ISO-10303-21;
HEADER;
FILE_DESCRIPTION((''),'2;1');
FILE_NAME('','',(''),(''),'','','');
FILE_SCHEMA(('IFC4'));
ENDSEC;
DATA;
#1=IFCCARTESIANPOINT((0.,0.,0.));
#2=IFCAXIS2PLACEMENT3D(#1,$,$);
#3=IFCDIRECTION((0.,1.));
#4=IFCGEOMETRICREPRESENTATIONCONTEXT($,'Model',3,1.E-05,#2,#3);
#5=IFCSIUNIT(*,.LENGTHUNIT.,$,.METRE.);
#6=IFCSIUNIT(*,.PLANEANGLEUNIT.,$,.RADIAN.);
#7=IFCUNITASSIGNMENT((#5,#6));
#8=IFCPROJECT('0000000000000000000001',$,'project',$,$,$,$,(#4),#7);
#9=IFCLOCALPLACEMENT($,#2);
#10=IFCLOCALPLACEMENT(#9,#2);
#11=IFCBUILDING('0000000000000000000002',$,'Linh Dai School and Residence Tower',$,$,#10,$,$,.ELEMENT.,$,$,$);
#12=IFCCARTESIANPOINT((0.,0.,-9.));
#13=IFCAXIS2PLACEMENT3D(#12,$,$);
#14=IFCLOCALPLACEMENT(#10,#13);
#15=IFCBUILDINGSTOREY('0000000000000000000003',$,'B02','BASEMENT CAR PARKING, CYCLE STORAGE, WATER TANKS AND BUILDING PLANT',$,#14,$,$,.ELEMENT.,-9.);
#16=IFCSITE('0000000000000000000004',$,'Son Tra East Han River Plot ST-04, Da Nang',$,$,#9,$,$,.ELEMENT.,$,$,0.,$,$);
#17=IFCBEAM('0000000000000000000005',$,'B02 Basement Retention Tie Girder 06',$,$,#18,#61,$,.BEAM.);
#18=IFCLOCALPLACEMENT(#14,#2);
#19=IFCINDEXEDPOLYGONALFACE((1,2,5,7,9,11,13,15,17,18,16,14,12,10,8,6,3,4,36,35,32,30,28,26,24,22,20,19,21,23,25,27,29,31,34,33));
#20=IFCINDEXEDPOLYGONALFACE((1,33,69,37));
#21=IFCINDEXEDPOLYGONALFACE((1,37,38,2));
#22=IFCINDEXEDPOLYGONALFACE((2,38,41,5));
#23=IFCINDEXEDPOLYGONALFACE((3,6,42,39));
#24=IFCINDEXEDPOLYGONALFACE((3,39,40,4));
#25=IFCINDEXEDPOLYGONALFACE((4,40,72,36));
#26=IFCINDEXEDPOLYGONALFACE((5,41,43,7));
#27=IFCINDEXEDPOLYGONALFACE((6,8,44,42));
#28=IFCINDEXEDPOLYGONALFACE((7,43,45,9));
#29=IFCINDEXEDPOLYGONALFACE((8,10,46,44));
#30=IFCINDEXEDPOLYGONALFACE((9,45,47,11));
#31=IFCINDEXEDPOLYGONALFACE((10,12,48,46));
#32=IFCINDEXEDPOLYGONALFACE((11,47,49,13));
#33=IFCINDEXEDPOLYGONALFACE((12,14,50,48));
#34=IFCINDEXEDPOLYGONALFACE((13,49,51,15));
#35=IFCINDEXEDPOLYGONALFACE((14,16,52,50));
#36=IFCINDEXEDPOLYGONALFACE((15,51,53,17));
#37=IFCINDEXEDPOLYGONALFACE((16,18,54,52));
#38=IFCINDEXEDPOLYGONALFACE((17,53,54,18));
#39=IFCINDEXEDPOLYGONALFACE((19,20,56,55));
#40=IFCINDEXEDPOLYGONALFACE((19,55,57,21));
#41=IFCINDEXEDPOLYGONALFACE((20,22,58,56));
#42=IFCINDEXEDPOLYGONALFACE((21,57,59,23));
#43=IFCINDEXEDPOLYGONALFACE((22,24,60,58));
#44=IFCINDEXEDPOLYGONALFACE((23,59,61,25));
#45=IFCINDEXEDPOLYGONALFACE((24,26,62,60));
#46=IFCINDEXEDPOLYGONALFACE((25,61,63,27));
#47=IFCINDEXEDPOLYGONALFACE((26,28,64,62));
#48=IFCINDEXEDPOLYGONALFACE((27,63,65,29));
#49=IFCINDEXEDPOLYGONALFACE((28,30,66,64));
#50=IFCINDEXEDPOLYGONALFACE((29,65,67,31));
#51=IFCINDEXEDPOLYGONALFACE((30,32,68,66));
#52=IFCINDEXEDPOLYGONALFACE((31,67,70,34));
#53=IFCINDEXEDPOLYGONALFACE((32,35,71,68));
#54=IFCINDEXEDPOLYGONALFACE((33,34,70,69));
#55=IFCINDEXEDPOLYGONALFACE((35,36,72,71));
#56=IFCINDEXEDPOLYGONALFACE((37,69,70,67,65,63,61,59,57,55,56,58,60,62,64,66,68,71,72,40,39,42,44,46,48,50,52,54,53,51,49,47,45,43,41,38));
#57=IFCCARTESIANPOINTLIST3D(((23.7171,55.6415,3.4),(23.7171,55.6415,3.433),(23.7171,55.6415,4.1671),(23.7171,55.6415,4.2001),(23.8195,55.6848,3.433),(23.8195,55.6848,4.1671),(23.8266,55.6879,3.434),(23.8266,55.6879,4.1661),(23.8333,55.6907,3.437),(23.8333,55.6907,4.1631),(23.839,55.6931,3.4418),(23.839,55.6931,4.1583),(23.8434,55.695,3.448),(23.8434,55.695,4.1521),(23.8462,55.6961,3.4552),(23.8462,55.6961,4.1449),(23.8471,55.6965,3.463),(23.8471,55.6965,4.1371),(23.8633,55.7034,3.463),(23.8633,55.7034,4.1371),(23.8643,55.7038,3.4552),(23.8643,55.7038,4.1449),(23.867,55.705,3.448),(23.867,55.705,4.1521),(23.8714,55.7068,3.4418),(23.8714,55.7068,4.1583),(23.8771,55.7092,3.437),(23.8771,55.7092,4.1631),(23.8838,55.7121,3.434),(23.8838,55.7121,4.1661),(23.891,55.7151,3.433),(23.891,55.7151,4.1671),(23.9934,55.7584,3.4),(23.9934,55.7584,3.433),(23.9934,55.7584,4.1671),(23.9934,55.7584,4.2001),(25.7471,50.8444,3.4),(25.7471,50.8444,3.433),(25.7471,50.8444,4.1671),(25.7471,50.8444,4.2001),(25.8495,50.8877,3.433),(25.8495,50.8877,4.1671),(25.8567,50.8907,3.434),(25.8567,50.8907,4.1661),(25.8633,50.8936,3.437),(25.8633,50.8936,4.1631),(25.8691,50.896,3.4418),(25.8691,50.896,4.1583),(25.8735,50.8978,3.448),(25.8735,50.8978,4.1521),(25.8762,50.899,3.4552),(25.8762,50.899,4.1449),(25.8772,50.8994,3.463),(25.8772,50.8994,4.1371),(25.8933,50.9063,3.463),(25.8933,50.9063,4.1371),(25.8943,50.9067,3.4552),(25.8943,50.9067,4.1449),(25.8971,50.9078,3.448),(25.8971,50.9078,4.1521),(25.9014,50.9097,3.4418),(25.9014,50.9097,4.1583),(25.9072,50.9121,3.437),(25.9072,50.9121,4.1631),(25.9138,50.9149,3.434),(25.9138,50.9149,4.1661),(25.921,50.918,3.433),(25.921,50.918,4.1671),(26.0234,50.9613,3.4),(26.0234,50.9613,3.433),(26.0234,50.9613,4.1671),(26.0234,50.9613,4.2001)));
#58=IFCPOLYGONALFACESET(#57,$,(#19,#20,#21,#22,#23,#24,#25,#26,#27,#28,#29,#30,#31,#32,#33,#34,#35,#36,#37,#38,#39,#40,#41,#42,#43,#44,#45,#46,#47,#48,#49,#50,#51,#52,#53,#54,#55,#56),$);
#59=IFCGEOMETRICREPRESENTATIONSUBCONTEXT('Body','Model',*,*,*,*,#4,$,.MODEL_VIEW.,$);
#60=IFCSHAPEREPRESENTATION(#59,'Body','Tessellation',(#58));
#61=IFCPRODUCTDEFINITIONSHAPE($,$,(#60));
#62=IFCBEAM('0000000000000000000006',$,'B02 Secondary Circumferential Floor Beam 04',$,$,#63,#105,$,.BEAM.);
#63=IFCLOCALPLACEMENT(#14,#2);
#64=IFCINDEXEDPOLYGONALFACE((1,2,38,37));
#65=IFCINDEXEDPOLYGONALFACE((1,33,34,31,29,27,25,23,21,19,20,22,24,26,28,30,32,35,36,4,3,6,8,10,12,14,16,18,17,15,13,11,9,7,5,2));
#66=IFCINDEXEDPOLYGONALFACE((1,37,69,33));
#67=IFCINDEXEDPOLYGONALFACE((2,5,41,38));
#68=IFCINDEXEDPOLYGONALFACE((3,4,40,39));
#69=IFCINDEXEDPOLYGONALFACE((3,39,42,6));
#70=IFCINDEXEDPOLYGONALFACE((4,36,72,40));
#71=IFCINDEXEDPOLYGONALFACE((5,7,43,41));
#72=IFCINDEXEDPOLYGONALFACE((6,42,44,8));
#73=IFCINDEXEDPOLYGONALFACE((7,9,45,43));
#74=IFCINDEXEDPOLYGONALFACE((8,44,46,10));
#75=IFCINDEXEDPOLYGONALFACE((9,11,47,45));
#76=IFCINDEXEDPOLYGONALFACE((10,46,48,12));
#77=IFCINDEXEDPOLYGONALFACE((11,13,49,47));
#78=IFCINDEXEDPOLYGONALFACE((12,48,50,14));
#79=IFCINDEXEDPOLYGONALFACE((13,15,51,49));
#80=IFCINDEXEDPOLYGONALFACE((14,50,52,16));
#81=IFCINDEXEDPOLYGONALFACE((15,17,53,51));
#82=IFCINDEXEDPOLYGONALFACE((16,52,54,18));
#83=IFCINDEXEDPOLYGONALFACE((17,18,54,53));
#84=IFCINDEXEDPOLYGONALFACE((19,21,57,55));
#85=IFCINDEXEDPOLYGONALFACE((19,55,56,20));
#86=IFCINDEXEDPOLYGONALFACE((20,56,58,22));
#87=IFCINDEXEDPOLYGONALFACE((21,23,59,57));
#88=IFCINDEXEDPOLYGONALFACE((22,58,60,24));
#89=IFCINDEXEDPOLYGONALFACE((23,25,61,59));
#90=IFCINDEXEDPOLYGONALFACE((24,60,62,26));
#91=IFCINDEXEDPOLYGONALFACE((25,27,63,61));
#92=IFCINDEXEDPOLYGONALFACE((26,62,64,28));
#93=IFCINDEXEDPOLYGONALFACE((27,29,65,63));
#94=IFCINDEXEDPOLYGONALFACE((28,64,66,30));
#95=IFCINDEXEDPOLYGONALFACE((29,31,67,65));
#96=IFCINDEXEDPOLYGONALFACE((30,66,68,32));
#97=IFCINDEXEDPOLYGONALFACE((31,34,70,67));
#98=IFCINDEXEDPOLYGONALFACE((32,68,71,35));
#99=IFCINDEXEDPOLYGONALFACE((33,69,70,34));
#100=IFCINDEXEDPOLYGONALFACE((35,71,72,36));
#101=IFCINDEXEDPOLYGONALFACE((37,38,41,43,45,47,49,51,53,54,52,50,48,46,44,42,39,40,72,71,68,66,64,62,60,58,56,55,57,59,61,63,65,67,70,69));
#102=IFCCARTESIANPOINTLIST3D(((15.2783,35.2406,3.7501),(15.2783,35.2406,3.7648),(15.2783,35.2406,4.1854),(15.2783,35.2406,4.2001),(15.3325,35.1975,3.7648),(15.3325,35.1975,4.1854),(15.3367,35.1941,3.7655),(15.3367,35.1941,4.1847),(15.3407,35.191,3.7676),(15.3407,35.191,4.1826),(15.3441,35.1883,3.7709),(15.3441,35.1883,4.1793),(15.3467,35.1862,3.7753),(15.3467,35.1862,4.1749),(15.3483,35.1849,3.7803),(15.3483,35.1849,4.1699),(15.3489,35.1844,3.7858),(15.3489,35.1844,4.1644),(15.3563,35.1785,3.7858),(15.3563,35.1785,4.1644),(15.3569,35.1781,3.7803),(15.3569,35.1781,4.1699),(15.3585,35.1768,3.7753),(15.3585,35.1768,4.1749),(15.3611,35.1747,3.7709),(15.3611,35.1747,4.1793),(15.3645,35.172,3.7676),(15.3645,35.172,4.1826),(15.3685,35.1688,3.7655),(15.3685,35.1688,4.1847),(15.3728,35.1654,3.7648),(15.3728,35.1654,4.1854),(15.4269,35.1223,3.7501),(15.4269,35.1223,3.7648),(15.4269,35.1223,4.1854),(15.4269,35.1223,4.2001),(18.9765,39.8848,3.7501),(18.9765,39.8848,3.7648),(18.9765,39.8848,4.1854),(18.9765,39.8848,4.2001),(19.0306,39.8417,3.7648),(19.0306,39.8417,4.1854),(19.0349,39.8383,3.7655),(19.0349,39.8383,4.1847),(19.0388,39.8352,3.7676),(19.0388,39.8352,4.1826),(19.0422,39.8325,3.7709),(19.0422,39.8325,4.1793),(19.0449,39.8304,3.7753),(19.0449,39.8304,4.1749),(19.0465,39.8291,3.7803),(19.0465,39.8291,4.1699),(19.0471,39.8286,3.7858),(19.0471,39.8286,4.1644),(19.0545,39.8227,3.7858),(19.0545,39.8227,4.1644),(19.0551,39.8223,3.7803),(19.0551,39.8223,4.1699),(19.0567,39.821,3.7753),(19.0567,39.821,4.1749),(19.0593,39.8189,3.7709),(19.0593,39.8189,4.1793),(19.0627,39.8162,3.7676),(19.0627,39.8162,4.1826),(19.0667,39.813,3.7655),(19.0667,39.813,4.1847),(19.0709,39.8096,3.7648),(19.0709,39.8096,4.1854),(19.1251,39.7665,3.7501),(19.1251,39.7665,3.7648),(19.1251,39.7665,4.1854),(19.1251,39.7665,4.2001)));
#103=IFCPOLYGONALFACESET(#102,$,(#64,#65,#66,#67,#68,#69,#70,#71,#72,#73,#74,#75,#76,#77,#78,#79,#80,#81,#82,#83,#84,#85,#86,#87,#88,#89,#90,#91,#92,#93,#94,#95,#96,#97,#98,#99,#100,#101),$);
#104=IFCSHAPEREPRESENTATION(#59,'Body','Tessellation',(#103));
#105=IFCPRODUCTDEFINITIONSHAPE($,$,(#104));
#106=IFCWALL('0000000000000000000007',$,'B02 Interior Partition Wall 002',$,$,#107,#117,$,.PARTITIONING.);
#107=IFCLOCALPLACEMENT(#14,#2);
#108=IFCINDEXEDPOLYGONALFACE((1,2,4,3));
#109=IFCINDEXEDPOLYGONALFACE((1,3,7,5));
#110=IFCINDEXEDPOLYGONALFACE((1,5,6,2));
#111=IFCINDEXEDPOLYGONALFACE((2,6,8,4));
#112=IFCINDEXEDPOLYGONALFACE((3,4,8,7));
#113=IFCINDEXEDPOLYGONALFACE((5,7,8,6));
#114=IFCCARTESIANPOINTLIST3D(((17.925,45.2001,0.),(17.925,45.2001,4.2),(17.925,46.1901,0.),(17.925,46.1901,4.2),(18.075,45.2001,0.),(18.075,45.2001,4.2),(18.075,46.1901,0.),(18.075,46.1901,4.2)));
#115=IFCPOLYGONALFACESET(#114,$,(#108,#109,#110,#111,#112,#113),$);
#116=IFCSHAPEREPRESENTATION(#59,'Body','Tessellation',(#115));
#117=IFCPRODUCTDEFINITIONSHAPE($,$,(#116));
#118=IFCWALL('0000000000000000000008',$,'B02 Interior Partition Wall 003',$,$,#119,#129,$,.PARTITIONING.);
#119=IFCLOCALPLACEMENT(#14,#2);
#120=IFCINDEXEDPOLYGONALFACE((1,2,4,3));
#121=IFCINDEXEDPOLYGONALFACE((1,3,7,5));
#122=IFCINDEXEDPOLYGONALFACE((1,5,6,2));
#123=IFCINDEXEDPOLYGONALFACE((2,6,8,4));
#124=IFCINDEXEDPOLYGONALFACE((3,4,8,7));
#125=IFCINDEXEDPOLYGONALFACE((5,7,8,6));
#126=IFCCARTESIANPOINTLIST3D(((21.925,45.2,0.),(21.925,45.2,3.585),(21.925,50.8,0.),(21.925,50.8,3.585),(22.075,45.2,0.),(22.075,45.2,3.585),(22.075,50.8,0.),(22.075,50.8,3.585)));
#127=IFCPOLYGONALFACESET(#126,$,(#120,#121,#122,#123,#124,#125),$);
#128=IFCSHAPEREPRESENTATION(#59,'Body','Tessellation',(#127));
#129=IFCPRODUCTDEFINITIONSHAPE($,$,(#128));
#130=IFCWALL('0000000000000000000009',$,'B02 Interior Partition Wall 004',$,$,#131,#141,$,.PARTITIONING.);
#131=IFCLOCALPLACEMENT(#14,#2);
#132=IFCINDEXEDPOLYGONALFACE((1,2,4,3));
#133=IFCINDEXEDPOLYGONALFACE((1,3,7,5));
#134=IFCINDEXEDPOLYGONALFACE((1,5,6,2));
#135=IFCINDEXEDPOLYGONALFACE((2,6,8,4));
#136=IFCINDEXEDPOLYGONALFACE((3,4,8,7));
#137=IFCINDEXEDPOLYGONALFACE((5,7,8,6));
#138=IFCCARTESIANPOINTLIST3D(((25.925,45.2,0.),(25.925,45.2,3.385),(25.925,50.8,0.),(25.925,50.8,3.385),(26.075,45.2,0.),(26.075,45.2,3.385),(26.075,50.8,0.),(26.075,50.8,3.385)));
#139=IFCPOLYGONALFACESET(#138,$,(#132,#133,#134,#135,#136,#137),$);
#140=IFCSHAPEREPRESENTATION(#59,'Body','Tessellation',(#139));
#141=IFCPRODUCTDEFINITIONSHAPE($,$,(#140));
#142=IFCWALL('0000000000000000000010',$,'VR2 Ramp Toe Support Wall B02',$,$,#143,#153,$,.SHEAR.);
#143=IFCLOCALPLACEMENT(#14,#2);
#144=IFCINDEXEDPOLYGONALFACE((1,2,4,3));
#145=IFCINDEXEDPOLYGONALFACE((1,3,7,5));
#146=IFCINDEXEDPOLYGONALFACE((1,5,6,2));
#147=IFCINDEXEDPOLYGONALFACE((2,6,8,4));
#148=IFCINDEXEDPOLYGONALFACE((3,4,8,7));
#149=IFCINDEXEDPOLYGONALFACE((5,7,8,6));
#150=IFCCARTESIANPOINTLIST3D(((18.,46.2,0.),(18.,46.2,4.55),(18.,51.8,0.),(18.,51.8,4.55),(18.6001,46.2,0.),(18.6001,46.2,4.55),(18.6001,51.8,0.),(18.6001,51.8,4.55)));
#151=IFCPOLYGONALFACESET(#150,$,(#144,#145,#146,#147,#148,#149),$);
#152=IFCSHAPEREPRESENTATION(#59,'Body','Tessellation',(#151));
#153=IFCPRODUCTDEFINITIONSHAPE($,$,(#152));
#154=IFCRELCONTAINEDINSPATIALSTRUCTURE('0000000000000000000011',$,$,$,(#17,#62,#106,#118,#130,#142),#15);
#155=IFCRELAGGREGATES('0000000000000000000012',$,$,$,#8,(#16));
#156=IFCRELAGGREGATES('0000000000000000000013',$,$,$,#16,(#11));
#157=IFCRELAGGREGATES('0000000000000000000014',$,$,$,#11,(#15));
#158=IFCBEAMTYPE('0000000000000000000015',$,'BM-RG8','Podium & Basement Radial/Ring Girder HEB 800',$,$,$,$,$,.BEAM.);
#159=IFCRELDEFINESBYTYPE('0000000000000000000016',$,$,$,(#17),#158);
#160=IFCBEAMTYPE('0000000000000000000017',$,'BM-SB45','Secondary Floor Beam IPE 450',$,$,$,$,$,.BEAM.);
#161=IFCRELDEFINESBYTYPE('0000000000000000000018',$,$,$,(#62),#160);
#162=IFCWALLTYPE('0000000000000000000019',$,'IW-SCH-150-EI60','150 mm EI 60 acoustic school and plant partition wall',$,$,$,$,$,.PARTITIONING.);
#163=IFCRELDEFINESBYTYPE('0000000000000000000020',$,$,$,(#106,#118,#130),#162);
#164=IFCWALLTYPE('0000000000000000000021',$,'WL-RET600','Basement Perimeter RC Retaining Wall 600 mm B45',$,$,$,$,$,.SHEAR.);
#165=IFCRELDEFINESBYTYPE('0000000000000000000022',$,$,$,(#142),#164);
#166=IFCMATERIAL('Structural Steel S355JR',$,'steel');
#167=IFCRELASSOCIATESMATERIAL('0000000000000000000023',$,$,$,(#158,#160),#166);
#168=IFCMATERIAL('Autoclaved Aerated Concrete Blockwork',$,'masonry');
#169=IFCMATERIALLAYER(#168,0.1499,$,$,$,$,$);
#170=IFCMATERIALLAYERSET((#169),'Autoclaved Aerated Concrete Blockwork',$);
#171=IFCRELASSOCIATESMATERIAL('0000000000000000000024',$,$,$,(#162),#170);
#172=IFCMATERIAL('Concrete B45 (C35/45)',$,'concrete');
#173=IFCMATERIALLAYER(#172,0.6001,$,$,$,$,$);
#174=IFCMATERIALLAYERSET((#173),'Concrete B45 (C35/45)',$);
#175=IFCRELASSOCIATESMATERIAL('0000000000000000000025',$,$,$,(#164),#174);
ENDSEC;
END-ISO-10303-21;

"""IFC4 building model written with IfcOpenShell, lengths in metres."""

from ifc_helpers import new_model, si_unit, direction, frame, frame_2d, origin, origin_2d, place, context, subcontext, project, spatial, rectangle, i_section, extrude, material, layer, layer_set, material_profile, profile_set, type_object, element, save


model = new_model("IFC4")

# Units and contexts
model_context = context("Model", 3, precision=1e-05, world=origin(), true_north=direction((0.0, 1.0)))
body_context = subcontext(model_context, "Body", "Model", "MODEL_VIEW")
ifc_project = project(units=[si_unit("LENGTHUNIT", "METRE"), si_unit("PLANEANGLEUNIT", "RADIAN")], contexts=[model_context])

# Site, building, storey
site_placement = place(None, origin())
site = spatial("IfcSite", under=ifc_project, at=site_placement, Name="Son Tra East Han River Plot ST-04, Da Nang", CompositionType="ELEMENT", RefElevation=0.0)
building_placement = place(site_placement, origin())
building = spatial("IfcBuilding", under=site, at=building_placement, Name="Linh Dai School and Residence Tower", CompositionType="ELEMENT")
storey_placement = place(building_placement, frame((0.0, 0.0, -9.0)))
storey = spatial("IfcBuildingStorey", under=building, at=storey_placement, Name="B02", Description="BASEMENT CAR PARKING, CYCLE STORAGE, WATER TANKS AND BUILDING PLANT", CompositionType="ELEMENT", Elevation=-9.0)

# Shared definitions
ifc_material_1 = material(Name="Concrete B45 (C35/45)", Category="concrete")

# Shared definitions
ifc_material_2 = material(Name="Structural Steel S355JR", Category="steel")

# Beams
ifc_material_profile_1 = material_profile(ifc_material_2, i_section(OverallWidth=0.3, OverallDepth=0.8, WebThickness=0.0176, FlangeThickness=0.033, FilletRadius=0.03, at=origin_2d()), Name="HEB 800")
ifc_profile_set_1 = profile_set([ifc_material_profile_1], Name="Structural Steel S355JR")
beam_type_1 = type_object("IfcBeamType", Name="BM-RG8", Description="Podium & Basement Radial/Ring Girder HEB 800", PredefinedType="BEAM", material=ifc_profile_set_1)
beam_1_placement = place(storey_placement, frame((25.8853, 50.9028, 3.8), z_axis=(-0.389718, 0.920934, 0.0), x_axis=(-0.920934, -0.389718, 0.0)))
element("IfcBeam", 1, at=beam_1_placement, inside=storey, type_object=beam_type_1, Name="B02 Basement Retention Tie Girder 06", PredefinedType="BEAM", context=body_context, shape_type="SweptSolid", body=[
    extrude(i_section(OverallWidth=0.3, OverallDepth=0.8, WebThickness=0.0176, FlangeThickness=0.033, FilletRadius=0.03, at=origin_2d()), origin(), (0.0, 0.0, 1.0), 5.209),
])
ifc_material_profile_2 = material_profile(ifc_material_2, i_section(OverallWidth=0.1899, OverallDepth=0.45, WebThickness=0.0095, FlangeThickness=0.0146, FilletRadius=0.021, at=origin_2d()), Name="IPE 450")
ifc_profile_set_2 = profile_set([ifc_material_profile_2], Name="Structural Steel S355JR")
beam_type_2 = type_object("IfcBeamType", Name="BM-SB45", Description="Secondary Floor Beam IPE 450", PredefinedType="BEAM", material=ifc_profile_set_2)
beam_2_placement = place(storey_placement, frame((19.0508, 39.8257, 3.9751), z_axis=(-0.622928, -0.782279, 0.0), x_axis=(0.782279, -0.622928, 0.0)))
element("IfcBeam", 2, at=beam_2_placement, inside=storey, type_object=beam_type_2, Name="B02 Secondary Circumferential Floor Beam 04", PredefinedType="BEAM", context=body_context, shape_type="SweptSolid", body=[
    extrude(i_section(OverallWidth=0.1899, OverallDepth=0.45, WebThickness=0.0095, FlangeThickness=0.0146, FilletRadius=0.021, at=origin_2d()), origin(), (0.0, 0.0, 1.0), 5.9368),
])

# Walls
ifc_material_3 = material(Name="Autoclaved Aerated Concrete Blockwork", Category="masonry")
ifc_layer_1 = layer(ifc_material_3, 0.1499)
ifc_layer_set_1 = layer_set([ifc_layer_1], Name="Autoclaved Aerated Concrete Blockwork")
wall_type_1 = type_object("IfcWallType", Name="IW-SCH-150-EI60", Description="150 mm EI 60 acoustic school and plant partition wall", PredefinedType="PARTITIONING", material=ifc_layer_set_1)
wall_1_placement = place(storey_placement, frame((18.0, 45.2, 0.0), z_axis=(0.0, 0.0, 1.0), x_axis=(0.0, 1.0, 0.0)))
element("IfcWall", 3, at=wall_1_placement, inside=storey, type_object=wall_type_1, Name="B02 Interior Partition Wall 002", PredefinedType="PARTITIONING", context=body_context, shape_type="SweptSolid", body=[
    extrude(rectangle(XDim=0.99, YDim=0.1499, at=frame_2d((0.4951, 0.0))), origin(), (0.0, 0.0, 1.0), 4.2),
])
wall_2_placement = place(storey_placement, frame((22.0, 45.2, 0.0), z_axis=(0.0, 0.0, 1.0), x_axis=(0.0, 1.0, 0.0)))
element("IfcWall", 4, at=wall_2_placement, inside=storey, type_object=wall_type_1, Name="B02 Interior Partition Wall 003", PredefinedType="PARTITIONING", context=body_context, shape_type="SweptSolid", body=[
    extrude(rectangle(XDim=5.6001, YDim=0.1499, at=frame_2d((2.8, 0.0))), origin(), (0.0, 0.0, 1.0), 3.585),
])
wall_3_placement = place(storey_placement, frame((26.0, 45.2, 0.0), z_axis=(0.0, 0.0, 1.0), x_axis=(0.0, 1.0, 0.0)))
element("IfcWall", 5, at=wall_3_placement, inside=storey, type_object=wall_type_1, Name="B02 Interior Partition Wall 004", PredefinedType="PARTITIONING", context=body_context, shape_type="SweptSolid", body=[
    extrude(rectangle(XDim=5.6001, YDim=0.1499, at=frame_2d((2.8, 0.0))), origin(), (0.0, 0.0, 1.0), 3.385),
])
ifc_layer_2 = layer(ifc_material_1, 0.6001)
ifc_layer_set_2 = layer_set([ifc_layer_2], Name="Concrete B45 (C35/45)")
wall_type_2 = type_object("IfcWallType", Name="WL-RET600", Description="Basement Perimeter RC Retaining Wall 600 mm B45", PredefinedType="SHEAR", material=ifc_layer_set_2)
wall_4_placement = place(storey_placement, frame((18.3, 46.2, 0.0), z_axis=(0.0, 0.0, 1.0), x_axis=(0.0, 1.0, 0.0)))
element("IfcWall", 6, at=wall_4_placement, inside=storey, type_object=wall_type_2, Name="VR2 Ramp Toe Support Wall B02", PredefinedType="SHEAR", context=body_context, shape_type="SweptSolid", body=[
    extrude(rectangle(XDim=5.6001, YDim=0.6001, at=frame_2d((2.8, 0.0))), origin(), (0.0, 0.0, 1.0), 4.55),
])

save(model, "model.ifc")
